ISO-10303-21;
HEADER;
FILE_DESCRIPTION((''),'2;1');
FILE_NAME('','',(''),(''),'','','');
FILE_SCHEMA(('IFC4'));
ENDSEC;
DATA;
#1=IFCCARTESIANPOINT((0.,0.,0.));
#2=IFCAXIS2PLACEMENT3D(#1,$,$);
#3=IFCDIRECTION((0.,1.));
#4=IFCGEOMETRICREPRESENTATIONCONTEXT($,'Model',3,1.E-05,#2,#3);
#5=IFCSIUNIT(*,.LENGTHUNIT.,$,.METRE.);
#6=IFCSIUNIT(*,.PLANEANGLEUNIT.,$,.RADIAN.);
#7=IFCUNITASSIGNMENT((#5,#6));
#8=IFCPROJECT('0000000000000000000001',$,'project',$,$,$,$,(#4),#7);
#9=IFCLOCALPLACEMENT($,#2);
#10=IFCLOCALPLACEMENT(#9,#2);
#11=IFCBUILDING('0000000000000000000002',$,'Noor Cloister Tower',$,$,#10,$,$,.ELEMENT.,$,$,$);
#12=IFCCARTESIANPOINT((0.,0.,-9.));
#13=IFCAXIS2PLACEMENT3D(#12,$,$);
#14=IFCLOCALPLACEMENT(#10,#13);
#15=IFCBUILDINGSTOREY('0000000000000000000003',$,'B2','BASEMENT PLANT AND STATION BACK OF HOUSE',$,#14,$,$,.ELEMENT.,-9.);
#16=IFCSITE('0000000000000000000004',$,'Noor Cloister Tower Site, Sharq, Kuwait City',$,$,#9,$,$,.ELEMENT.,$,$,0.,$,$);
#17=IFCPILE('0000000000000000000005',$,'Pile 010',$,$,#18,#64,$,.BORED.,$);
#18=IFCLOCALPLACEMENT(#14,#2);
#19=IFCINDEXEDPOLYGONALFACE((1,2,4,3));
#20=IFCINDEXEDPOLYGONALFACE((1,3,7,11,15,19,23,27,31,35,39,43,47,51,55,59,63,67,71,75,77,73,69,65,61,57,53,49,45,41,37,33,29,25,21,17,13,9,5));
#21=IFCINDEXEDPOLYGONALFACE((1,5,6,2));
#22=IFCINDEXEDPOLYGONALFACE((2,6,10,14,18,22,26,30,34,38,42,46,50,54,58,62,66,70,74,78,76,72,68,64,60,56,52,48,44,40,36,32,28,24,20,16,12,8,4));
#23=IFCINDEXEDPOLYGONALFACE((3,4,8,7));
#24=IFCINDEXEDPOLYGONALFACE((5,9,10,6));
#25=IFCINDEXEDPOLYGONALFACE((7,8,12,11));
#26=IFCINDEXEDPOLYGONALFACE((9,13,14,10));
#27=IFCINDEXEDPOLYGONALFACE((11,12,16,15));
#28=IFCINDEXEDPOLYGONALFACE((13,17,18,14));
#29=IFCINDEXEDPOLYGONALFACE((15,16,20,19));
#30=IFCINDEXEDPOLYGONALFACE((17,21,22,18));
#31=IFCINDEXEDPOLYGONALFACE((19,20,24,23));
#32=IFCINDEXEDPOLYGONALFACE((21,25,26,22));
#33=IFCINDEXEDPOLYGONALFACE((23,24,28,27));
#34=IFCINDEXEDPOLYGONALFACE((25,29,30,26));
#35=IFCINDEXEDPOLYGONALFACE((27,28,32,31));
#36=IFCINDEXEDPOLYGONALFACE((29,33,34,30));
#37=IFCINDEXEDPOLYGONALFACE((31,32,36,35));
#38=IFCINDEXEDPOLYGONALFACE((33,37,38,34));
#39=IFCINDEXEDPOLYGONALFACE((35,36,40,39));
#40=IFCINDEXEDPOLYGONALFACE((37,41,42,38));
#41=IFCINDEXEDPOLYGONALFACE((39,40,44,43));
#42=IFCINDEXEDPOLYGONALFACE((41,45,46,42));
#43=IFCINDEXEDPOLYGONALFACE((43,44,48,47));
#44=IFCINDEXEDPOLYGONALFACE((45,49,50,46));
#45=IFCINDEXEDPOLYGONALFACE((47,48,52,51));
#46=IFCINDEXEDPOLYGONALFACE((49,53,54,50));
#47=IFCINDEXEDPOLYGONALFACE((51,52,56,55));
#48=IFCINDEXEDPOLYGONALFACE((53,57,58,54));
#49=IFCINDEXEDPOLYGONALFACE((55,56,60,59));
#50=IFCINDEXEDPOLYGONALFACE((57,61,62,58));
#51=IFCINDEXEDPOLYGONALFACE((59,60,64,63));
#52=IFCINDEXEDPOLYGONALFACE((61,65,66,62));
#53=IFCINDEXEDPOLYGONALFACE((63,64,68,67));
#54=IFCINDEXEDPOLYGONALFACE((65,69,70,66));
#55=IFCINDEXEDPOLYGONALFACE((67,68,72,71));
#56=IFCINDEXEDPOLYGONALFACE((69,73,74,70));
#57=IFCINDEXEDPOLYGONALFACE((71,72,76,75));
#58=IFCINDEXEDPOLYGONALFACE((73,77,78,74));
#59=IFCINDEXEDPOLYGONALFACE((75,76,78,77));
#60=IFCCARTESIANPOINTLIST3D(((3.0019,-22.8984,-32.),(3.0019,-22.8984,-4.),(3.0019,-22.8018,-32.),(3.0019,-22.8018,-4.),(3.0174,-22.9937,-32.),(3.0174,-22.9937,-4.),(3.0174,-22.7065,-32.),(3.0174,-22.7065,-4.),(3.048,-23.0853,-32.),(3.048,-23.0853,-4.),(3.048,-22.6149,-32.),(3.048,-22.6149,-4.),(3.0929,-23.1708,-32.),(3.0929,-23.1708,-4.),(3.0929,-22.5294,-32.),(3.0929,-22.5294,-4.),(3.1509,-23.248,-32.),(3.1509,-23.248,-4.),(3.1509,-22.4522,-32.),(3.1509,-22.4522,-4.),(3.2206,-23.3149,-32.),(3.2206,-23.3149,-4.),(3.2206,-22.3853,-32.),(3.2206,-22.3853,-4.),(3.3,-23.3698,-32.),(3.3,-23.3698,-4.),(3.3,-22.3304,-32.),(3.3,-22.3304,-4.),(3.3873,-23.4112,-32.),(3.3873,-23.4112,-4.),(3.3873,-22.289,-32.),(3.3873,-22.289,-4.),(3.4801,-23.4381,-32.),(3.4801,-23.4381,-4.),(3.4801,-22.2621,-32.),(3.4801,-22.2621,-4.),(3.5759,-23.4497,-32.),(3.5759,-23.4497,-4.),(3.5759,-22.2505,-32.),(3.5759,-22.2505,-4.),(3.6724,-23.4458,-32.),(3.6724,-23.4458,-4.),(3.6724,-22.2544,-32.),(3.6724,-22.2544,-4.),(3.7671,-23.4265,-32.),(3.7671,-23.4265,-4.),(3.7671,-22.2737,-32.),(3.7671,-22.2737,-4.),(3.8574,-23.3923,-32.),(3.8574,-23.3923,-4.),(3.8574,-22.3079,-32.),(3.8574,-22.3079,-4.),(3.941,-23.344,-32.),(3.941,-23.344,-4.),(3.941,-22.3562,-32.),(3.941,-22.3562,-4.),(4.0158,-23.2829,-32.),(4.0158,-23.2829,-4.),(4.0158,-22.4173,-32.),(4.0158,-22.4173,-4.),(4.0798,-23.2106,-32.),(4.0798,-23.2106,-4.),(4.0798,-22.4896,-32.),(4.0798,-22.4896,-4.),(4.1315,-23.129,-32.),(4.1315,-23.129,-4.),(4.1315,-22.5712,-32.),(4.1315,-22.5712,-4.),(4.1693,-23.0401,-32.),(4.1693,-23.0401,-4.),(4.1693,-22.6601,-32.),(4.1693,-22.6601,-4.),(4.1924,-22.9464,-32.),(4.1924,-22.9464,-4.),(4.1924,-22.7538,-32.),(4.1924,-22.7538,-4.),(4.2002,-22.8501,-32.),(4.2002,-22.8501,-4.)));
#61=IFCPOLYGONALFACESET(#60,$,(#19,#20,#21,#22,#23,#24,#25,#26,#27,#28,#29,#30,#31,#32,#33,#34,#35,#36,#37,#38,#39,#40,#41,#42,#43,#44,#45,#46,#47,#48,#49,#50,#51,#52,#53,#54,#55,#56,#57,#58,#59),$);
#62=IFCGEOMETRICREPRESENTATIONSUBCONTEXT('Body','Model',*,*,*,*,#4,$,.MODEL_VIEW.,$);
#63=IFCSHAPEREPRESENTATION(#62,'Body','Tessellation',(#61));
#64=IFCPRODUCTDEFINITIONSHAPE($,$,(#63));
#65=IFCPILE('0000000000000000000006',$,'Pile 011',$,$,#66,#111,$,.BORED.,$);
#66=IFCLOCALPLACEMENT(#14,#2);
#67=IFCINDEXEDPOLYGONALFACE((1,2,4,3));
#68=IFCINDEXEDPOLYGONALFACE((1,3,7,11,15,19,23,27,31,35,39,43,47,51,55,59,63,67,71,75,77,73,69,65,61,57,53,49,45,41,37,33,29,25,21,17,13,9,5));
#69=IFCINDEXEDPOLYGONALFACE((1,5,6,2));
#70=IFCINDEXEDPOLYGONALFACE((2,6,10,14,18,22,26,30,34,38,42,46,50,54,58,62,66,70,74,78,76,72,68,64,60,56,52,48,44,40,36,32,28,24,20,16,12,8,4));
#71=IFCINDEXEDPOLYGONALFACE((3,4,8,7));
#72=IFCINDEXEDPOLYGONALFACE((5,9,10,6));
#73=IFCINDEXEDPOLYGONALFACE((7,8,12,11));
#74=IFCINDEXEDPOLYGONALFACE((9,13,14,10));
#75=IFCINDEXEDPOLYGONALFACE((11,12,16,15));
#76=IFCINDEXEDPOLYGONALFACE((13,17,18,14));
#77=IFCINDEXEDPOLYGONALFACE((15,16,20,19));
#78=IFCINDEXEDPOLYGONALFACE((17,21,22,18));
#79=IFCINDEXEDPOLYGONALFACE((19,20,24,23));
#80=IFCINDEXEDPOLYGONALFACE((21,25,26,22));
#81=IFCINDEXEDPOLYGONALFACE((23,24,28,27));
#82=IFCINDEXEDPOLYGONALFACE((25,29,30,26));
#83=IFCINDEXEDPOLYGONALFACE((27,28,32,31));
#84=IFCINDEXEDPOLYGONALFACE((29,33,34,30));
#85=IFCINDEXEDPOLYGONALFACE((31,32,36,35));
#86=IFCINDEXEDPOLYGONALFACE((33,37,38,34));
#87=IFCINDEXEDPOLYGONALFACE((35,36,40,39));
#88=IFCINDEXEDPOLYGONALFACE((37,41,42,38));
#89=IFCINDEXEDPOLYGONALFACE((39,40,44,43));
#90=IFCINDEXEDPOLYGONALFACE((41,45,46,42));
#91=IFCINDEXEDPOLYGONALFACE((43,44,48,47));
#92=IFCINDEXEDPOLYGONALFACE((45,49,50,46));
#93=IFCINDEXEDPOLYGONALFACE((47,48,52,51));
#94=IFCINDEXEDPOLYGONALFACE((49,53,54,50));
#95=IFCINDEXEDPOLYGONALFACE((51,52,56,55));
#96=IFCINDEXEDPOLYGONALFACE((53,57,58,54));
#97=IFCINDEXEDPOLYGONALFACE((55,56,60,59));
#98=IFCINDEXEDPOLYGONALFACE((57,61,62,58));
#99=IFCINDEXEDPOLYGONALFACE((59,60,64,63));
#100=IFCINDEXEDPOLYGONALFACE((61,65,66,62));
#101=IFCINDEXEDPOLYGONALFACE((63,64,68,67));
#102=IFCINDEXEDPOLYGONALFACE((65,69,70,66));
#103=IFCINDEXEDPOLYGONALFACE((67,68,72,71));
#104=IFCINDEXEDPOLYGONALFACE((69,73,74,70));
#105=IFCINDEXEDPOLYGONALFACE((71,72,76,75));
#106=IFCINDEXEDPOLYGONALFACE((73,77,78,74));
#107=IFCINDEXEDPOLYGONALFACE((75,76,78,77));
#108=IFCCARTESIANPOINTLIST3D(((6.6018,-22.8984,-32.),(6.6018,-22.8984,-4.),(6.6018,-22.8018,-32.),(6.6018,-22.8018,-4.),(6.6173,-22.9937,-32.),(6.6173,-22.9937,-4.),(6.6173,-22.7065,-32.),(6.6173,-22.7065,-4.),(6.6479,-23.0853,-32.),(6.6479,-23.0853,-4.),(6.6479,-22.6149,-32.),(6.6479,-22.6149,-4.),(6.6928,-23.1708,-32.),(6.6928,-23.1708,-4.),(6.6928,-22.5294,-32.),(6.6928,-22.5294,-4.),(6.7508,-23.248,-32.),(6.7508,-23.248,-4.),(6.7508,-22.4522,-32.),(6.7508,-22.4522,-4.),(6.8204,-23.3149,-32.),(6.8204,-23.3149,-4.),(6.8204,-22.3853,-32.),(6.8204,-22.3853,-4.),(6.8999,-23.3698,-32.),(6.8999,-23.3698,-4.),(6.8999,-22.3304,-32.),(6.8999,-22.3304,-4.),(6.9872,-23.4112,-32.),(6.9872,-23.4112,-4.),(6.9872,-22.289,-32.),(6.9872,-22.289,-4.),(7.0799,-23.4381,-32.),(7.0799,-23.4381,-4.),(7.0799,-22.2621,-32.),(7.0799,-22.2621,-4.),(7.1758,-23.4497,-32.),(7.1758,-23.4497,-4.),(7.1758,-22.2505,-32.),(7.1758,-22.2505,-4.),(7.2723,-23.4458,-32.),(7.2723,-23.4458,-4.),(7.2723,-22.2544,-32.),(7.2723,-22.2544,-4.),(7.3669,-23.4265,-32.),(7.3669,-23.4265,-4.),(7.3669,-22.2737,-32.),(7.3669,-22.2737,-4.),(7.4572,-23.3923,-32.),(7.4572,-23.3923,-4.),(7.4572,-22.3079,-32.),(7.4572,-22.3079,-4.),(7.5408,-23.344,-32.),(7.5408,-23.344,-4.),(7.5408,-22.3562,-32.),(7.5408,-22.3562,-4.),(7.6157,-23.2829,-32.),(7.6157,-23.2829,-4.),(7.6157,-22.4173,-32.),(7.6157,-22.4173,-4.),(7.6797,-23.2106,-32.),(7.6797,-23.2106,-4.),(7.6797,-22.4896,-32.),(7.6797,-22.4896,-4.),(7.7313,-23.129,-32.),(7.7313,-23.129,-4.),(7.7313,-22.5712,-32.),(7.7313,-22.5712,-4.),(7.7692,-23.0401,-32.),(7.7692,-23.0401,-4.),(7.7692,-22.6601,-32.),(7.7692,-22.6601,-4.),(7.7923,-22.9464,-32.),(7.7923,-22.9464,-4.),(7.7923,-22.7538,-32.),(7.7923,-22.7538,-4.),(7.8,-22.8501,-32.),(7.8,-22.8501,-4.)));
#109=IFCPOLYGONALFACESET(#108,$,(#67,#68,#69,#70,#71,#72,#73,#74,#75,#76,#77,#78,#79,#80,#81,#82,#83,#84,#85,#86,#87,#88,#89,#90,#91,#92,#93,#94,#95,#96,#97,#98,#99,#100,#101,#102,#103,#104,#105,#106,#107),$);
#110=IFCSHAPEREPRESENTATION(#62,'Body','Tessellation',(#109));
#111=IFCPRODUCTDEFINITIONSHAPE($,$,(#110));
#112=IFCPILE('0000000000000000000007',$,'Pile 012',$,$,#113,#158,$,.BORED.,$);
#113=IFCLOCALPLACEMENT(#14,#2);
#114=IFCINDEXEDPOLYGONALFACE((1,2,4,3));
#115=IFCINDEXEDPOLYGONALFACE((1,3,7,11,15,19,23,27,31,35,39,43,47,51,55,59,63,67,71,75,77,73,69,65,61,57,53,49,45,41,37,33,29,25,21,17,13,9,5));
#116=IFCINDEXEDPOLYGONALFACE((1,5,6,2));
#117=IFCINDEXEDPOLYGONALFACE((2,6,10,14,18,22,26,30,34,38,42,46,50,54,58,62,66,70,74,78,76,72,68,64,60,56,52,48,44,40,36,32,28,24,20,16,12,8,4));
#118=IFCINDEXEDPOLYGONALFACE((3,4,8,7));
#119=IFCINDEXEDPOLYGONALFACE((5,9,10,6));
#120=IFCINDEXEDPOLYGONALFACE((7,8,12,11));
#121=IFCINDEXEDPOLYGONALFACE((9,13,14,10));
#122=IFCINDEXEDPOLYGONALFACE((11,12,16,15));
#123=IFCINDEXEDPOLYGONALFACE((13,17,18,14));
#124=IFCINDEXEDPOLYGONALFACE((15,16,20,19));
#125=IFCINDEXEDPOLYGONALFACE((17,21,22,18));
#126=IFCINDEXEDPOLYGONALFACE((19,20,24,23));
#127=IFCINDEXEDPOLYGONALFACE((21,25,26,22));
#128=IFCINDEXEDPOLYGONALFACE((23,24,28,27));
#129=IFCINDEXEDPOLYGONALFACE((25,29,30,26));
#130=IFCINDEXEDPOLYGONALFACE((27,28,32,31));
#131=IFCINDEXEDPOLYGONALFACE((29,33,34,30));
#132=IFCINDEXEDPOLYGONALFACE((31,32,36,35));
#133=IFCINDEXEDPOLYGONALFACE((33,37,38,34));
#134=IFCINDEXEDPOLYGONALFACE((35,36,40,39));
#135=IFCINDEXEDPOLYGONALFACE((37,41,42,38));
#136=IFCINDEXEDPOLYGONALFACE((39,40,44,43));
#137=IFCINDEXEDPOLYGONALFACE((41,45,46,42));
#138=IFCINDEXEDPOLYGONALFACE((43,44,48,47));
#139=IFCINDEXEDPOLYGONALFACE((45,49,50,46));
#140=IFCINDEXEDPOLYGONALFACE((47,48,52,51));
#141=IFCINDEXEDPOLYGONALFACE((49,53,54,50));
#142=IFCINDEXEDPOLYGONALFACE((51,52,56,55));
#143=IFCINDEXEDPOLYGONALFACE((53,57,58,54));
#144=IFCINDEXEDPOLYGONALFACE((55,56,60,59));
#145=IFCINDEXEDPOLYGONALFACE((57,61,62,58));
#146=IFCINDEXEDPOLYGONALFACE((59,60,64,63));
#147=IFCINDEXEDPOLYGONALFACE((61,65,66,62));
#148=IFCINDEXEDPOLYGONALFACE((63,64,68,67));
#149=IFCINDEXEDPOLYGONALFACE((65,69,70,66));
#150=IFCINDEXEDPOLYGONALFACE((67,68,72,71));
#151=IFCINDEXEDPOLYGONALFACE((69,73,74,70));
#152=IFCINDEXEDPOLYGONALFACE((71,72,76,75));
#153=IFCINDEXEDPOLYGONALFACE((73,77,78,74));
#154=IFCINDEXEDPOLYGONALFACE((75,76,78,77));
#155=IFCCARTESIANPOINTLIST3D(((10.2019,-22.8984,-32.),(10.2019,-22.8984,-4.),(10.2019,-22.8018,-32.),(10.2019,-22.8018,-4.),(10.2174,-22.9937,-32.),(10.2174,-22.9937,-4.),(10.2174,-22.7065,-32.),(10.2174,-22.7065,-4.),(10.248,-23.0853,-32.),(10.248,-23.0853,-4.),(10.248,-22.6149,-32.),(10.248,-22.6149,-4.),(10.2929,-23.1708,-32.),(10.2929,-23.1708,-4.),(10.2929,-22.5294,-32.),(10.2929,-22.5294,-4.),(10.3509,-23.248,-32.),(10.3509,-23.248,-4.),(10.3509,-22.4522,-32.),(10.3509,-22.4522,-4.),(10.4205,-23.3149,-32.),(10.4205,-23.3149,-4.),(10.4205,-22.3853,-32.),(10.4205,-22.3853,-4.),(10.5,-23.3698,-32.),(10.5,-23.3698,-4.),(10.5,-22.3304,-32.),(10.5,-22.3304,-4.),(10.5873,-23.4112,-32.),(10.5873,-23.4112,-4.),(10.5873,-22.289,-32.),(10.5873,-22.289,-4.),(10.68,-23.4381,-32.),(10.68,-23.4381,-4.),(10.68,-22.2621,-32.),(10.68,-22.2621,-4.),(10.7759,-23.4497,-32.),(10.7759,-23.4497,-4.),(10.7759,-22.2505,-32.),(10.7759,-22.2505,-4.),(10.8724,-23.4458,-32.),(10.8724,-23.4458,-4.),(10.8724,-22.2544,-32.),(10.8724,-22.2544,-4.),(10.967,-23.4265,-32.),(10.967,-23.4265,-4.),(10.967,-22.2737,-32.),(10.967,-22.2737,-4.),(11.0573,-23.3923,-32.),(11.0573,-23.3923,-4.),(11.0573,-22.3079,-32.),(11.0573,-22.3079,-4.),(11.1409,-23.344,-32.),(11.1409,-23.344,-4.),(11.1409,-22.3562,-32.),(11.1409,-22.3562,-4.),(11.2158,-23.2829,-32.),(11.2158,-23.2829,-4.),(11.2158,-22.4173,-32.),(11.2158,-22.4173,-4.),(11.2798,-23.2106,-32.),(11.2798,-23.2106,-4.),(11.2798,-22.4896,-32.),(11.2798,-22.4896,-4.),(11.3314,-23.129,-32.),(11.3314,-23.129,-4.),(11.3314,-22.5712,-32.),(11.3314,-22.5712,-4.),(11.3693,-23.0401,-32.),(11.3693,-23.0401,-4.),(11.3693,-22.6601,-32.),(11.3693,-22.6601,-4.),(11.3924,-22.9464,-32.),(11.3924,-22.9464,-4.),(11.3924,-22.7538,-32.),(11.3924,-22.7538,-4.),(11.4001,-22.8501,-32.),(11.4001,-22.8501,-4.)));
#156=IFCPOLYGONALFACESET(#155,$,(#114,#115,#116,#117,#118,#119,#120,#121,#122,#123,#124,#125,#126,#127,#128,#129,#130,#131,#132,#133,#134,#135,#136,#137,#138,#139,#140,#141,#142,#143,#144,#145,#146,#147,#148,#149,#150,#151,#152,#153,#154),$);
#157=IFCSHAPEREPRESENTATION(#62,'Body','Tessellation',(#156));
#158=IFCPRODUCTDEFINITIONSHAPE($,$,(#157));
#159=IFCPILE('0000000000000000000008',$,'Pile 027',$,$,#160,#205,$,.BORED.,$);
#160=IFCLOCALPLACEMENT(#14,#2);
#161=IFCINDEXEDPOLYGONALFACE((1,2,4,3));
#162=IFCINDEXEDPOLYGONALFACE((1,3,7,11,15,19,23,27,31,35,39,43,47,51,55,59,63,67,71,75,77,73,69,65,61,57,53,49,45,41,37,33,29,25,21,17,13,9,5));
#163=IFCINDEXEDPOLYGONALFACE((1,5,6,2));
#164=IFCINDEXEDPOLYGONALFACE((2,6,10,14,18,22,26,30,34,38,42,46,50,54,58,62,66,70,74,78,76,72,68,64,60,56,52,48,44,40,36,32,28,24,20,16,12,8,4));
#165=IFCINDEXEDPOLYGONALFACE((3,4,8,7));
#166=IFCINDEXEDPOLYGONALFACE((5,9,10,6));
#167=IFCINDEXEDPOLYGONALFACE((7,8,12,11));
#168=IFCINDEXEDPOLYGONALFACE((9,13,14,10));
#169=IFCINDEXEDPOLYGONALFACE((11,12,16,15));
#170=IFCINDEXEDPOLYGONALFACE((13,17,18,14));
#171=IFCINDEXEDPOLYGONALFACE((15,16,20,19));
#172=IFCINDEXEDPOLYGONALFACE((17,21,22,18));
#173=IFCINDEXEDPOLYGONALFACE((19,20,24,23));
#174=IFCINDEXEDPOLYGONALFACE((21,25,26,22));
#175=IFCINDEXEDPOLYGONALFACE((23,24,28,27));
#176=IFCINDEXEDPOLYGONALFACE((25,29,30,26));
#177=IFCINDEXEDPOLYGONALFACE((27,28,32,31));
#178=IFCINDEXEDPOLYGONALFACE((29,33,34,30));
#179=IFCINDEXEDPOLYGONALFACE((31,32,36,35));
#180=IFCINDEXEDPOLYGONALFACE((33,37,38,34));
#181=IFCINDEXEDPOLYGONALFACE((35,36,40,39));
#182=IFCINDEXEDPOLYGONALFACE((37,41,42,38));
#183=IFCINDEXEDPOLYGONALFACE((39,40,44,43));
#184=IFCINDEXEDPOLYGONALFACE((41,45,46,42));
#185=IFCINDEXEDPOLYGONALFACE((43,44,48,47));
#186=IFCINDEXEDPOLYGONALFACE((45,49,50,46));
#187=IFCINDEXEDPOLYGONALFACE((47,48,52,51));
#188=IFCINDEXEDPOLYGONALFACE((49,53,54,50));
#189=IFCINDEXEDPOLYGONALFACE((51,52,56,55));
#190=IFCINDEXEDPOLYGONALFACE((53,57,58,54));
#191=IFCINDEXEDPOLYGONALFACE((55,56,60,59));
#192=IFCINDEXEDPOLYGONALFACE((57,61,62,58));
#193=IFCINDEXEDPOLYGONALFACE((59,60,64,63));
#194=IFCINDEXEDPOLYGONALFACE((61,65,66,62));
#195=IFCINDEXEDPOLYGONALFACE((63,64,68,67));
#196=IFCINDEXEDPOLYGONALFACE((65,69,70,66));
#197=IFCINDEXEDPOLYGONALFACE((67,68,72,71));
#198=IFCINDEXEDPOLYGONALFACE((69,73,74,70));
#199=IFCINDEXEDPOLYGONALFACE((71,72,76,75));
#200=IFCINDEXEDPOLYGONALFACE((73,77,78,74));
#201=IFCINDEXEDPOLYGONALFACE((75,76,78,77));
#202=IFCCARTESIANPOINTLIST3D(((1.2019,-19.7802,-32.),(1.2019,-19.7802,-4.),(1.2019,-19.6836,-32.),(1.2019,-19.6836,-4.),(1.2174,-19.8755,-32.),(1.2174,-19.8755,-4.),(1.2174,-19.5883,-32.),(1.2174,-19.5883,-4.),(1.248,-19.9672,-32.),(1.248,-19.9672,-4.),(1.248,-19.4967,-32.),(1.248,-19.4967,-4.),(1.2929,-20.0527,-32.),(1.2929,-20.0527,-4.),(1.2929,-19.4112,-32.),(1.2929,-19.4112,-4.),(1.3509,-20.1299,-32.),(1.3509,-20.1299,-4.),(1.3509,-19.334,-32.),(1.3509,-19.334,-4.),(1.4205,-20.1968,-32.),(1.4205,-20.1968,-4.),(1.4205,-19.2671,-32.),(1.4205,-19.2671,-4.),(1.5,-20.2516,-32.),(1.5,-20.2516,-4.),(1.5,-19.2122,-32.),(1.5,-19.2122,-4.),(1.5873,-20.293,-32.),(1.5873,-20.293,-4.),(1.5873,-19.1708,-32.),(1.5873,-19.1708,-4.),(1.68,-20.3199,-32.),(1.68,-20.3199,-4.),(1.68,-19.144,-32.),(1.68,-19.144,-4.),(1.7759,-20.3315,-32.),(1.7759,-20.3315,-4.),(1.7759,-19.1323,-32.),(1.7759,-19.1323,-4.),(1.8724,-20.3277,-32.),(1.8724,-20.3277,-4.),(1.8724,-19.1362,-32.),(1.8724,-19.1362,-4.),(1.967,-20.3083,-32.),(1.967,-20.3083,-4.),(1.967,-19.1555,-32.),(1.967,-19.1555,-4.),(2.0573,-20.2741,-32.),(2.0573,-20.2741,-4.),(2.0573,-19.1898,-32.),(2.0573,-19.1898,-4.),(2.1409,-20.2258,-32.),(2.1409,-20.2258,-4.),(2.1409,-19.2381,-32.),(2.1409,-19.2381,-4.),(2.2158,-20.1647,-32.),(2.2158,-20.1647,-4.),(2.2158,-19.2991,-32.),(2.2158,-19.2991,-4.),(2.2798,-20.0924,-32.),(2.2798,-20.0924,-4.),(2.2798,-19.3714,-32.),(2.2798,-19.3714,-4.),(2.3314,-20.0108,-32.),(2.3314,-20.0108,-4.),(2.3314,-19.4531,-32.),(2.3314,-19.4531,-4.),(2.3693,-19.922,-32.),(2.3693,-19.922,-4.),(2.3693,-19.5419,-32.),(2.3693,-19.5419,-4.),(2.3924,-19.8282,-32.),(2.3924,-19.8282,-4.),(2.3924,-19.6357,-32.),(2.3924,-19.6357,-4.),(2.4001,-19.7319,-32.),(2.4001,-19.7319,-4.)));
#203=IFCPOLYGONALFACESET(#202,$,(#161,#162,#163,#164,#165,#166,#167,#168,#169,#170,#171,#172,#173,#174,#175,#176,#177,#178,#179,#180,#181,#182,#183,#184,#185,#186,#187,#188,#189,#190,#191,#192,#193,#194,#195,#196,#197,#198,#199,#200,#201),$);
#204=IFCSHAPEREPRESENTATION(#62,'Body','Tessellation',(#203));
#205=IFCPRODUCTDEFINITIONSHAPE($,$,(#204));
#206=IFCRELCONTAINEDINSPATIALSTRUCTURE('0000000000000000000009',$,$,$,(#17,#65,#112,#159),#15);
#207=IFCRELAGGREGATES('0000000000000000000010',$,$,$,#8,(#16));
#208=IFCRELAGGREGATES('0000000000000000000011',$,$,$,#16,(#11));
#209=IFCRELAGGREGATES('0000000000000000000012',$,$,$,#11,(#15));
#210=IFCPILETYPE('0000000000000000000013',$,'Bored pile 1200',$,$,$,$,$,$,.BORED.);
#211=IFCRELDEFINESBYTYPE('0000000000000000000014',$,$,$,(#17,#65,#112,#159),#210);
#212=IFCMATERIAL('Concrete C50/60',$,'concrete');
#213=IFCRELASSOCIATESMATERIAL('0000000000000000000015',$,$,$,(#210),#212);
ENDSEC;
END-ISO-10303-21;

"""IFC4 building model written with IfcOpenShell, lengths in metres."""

from ifc_helpers import new_model, si_unit, direction, frame, origin, origin_2d, place, context, subcontext, project, spatial, circle, extrude, material, material_profile, profile_set, type_object, element, save


model = new_model("IFC4")

# Units and contexts
model_context = context("Model", 3, precision=1e-05, world=origin(), true_north=direction((0.0, 1.0)))
body_context = subcontext(model_context, "Body", "Model", "MODEL_VIEW")
ifc_project = project(units=[si_unit("LENGTHUNIT", "METRE"), si_unit("PLANEANGLEUNIT", "RADIAN")], contexts=[model_context])

# Site, building, storey
site_placement = place(None, origin())
site = spatial("IfcSite", under=ifc_project, at=site_placement, Name="Noor Cloister Tower Site, Sharq, Kuwait City", CompositionType="ELEMENT", RefElevation=0.0)
building_placement = place(site_placement, origin())
building = spatial("IfcBuilding", under=site, at=building_placement, Name="Noor Cloister Tower", CompositionType="ELEMENT")
storey_placement = place(building_placement, frame((0.0, 0.0, -9.0)))
storey = spatial("IfcBuildingStorey", under=building, at=storey_placement, Name="B2", Description="BASEMENT PLANT AND STATION BACK OF HOUSE", CompositionType="ELEMENT", Elevation=-9.0)

# Piles
ifc_material_1 = material(Name="Concrete C50/60", Category="concrete")
ifc_material_profile_1 = material_profile(ifc_material_1, circle(Radius=0.6001, at=origin_2d()), Name="Bored pile 1200")
ifc_profile_set_1 = profile_set([ifc_material_profile_1], Name="Concrete C50/60")
pile_type = type_object("IfcPileType", Name="Bored pile 1200", PredefinedType="BORED", material=ifc_profile_set_1)
for number, where, z_axis, x_axis, name in (
    (1, (3.6001, -22.8501, -4.0), (0.0, 0.0, -1.0), (1.0, 0.0, 0.0), "Pile 010"),
    (2, (7.2, -22.8501, -4.0), (0.0, 0.0, -1.0), (1.0, 0.0, 0.0), "Pile 011"),
    (3, (10.8, -22.8501, -4.0), (0.0, 0.0, -1.0), (1.0, 0.0, 0.0), "Pile 012"),
    (4, (1.8, -19.7319, -4.0), (0.0, 0.0, -1.0), (1.0, 0.0, 0.0), "Pile 027"),
):
    element("IfcPile", number, at=place(storey_placement, frame(where, z_axis=z_axis, x_axis=x_axis)), inside=storey, type_object=pile_type, Name=name, PredefinedType="BORED", context=body_context, shape_type="SweptSolid", body=[
        extrude(circle(Radius=0.6001, at=origin_2d()), origin(), (0.0, 0.0, 1.0), 28.0),
    ])

save(model, "model.ifc")
